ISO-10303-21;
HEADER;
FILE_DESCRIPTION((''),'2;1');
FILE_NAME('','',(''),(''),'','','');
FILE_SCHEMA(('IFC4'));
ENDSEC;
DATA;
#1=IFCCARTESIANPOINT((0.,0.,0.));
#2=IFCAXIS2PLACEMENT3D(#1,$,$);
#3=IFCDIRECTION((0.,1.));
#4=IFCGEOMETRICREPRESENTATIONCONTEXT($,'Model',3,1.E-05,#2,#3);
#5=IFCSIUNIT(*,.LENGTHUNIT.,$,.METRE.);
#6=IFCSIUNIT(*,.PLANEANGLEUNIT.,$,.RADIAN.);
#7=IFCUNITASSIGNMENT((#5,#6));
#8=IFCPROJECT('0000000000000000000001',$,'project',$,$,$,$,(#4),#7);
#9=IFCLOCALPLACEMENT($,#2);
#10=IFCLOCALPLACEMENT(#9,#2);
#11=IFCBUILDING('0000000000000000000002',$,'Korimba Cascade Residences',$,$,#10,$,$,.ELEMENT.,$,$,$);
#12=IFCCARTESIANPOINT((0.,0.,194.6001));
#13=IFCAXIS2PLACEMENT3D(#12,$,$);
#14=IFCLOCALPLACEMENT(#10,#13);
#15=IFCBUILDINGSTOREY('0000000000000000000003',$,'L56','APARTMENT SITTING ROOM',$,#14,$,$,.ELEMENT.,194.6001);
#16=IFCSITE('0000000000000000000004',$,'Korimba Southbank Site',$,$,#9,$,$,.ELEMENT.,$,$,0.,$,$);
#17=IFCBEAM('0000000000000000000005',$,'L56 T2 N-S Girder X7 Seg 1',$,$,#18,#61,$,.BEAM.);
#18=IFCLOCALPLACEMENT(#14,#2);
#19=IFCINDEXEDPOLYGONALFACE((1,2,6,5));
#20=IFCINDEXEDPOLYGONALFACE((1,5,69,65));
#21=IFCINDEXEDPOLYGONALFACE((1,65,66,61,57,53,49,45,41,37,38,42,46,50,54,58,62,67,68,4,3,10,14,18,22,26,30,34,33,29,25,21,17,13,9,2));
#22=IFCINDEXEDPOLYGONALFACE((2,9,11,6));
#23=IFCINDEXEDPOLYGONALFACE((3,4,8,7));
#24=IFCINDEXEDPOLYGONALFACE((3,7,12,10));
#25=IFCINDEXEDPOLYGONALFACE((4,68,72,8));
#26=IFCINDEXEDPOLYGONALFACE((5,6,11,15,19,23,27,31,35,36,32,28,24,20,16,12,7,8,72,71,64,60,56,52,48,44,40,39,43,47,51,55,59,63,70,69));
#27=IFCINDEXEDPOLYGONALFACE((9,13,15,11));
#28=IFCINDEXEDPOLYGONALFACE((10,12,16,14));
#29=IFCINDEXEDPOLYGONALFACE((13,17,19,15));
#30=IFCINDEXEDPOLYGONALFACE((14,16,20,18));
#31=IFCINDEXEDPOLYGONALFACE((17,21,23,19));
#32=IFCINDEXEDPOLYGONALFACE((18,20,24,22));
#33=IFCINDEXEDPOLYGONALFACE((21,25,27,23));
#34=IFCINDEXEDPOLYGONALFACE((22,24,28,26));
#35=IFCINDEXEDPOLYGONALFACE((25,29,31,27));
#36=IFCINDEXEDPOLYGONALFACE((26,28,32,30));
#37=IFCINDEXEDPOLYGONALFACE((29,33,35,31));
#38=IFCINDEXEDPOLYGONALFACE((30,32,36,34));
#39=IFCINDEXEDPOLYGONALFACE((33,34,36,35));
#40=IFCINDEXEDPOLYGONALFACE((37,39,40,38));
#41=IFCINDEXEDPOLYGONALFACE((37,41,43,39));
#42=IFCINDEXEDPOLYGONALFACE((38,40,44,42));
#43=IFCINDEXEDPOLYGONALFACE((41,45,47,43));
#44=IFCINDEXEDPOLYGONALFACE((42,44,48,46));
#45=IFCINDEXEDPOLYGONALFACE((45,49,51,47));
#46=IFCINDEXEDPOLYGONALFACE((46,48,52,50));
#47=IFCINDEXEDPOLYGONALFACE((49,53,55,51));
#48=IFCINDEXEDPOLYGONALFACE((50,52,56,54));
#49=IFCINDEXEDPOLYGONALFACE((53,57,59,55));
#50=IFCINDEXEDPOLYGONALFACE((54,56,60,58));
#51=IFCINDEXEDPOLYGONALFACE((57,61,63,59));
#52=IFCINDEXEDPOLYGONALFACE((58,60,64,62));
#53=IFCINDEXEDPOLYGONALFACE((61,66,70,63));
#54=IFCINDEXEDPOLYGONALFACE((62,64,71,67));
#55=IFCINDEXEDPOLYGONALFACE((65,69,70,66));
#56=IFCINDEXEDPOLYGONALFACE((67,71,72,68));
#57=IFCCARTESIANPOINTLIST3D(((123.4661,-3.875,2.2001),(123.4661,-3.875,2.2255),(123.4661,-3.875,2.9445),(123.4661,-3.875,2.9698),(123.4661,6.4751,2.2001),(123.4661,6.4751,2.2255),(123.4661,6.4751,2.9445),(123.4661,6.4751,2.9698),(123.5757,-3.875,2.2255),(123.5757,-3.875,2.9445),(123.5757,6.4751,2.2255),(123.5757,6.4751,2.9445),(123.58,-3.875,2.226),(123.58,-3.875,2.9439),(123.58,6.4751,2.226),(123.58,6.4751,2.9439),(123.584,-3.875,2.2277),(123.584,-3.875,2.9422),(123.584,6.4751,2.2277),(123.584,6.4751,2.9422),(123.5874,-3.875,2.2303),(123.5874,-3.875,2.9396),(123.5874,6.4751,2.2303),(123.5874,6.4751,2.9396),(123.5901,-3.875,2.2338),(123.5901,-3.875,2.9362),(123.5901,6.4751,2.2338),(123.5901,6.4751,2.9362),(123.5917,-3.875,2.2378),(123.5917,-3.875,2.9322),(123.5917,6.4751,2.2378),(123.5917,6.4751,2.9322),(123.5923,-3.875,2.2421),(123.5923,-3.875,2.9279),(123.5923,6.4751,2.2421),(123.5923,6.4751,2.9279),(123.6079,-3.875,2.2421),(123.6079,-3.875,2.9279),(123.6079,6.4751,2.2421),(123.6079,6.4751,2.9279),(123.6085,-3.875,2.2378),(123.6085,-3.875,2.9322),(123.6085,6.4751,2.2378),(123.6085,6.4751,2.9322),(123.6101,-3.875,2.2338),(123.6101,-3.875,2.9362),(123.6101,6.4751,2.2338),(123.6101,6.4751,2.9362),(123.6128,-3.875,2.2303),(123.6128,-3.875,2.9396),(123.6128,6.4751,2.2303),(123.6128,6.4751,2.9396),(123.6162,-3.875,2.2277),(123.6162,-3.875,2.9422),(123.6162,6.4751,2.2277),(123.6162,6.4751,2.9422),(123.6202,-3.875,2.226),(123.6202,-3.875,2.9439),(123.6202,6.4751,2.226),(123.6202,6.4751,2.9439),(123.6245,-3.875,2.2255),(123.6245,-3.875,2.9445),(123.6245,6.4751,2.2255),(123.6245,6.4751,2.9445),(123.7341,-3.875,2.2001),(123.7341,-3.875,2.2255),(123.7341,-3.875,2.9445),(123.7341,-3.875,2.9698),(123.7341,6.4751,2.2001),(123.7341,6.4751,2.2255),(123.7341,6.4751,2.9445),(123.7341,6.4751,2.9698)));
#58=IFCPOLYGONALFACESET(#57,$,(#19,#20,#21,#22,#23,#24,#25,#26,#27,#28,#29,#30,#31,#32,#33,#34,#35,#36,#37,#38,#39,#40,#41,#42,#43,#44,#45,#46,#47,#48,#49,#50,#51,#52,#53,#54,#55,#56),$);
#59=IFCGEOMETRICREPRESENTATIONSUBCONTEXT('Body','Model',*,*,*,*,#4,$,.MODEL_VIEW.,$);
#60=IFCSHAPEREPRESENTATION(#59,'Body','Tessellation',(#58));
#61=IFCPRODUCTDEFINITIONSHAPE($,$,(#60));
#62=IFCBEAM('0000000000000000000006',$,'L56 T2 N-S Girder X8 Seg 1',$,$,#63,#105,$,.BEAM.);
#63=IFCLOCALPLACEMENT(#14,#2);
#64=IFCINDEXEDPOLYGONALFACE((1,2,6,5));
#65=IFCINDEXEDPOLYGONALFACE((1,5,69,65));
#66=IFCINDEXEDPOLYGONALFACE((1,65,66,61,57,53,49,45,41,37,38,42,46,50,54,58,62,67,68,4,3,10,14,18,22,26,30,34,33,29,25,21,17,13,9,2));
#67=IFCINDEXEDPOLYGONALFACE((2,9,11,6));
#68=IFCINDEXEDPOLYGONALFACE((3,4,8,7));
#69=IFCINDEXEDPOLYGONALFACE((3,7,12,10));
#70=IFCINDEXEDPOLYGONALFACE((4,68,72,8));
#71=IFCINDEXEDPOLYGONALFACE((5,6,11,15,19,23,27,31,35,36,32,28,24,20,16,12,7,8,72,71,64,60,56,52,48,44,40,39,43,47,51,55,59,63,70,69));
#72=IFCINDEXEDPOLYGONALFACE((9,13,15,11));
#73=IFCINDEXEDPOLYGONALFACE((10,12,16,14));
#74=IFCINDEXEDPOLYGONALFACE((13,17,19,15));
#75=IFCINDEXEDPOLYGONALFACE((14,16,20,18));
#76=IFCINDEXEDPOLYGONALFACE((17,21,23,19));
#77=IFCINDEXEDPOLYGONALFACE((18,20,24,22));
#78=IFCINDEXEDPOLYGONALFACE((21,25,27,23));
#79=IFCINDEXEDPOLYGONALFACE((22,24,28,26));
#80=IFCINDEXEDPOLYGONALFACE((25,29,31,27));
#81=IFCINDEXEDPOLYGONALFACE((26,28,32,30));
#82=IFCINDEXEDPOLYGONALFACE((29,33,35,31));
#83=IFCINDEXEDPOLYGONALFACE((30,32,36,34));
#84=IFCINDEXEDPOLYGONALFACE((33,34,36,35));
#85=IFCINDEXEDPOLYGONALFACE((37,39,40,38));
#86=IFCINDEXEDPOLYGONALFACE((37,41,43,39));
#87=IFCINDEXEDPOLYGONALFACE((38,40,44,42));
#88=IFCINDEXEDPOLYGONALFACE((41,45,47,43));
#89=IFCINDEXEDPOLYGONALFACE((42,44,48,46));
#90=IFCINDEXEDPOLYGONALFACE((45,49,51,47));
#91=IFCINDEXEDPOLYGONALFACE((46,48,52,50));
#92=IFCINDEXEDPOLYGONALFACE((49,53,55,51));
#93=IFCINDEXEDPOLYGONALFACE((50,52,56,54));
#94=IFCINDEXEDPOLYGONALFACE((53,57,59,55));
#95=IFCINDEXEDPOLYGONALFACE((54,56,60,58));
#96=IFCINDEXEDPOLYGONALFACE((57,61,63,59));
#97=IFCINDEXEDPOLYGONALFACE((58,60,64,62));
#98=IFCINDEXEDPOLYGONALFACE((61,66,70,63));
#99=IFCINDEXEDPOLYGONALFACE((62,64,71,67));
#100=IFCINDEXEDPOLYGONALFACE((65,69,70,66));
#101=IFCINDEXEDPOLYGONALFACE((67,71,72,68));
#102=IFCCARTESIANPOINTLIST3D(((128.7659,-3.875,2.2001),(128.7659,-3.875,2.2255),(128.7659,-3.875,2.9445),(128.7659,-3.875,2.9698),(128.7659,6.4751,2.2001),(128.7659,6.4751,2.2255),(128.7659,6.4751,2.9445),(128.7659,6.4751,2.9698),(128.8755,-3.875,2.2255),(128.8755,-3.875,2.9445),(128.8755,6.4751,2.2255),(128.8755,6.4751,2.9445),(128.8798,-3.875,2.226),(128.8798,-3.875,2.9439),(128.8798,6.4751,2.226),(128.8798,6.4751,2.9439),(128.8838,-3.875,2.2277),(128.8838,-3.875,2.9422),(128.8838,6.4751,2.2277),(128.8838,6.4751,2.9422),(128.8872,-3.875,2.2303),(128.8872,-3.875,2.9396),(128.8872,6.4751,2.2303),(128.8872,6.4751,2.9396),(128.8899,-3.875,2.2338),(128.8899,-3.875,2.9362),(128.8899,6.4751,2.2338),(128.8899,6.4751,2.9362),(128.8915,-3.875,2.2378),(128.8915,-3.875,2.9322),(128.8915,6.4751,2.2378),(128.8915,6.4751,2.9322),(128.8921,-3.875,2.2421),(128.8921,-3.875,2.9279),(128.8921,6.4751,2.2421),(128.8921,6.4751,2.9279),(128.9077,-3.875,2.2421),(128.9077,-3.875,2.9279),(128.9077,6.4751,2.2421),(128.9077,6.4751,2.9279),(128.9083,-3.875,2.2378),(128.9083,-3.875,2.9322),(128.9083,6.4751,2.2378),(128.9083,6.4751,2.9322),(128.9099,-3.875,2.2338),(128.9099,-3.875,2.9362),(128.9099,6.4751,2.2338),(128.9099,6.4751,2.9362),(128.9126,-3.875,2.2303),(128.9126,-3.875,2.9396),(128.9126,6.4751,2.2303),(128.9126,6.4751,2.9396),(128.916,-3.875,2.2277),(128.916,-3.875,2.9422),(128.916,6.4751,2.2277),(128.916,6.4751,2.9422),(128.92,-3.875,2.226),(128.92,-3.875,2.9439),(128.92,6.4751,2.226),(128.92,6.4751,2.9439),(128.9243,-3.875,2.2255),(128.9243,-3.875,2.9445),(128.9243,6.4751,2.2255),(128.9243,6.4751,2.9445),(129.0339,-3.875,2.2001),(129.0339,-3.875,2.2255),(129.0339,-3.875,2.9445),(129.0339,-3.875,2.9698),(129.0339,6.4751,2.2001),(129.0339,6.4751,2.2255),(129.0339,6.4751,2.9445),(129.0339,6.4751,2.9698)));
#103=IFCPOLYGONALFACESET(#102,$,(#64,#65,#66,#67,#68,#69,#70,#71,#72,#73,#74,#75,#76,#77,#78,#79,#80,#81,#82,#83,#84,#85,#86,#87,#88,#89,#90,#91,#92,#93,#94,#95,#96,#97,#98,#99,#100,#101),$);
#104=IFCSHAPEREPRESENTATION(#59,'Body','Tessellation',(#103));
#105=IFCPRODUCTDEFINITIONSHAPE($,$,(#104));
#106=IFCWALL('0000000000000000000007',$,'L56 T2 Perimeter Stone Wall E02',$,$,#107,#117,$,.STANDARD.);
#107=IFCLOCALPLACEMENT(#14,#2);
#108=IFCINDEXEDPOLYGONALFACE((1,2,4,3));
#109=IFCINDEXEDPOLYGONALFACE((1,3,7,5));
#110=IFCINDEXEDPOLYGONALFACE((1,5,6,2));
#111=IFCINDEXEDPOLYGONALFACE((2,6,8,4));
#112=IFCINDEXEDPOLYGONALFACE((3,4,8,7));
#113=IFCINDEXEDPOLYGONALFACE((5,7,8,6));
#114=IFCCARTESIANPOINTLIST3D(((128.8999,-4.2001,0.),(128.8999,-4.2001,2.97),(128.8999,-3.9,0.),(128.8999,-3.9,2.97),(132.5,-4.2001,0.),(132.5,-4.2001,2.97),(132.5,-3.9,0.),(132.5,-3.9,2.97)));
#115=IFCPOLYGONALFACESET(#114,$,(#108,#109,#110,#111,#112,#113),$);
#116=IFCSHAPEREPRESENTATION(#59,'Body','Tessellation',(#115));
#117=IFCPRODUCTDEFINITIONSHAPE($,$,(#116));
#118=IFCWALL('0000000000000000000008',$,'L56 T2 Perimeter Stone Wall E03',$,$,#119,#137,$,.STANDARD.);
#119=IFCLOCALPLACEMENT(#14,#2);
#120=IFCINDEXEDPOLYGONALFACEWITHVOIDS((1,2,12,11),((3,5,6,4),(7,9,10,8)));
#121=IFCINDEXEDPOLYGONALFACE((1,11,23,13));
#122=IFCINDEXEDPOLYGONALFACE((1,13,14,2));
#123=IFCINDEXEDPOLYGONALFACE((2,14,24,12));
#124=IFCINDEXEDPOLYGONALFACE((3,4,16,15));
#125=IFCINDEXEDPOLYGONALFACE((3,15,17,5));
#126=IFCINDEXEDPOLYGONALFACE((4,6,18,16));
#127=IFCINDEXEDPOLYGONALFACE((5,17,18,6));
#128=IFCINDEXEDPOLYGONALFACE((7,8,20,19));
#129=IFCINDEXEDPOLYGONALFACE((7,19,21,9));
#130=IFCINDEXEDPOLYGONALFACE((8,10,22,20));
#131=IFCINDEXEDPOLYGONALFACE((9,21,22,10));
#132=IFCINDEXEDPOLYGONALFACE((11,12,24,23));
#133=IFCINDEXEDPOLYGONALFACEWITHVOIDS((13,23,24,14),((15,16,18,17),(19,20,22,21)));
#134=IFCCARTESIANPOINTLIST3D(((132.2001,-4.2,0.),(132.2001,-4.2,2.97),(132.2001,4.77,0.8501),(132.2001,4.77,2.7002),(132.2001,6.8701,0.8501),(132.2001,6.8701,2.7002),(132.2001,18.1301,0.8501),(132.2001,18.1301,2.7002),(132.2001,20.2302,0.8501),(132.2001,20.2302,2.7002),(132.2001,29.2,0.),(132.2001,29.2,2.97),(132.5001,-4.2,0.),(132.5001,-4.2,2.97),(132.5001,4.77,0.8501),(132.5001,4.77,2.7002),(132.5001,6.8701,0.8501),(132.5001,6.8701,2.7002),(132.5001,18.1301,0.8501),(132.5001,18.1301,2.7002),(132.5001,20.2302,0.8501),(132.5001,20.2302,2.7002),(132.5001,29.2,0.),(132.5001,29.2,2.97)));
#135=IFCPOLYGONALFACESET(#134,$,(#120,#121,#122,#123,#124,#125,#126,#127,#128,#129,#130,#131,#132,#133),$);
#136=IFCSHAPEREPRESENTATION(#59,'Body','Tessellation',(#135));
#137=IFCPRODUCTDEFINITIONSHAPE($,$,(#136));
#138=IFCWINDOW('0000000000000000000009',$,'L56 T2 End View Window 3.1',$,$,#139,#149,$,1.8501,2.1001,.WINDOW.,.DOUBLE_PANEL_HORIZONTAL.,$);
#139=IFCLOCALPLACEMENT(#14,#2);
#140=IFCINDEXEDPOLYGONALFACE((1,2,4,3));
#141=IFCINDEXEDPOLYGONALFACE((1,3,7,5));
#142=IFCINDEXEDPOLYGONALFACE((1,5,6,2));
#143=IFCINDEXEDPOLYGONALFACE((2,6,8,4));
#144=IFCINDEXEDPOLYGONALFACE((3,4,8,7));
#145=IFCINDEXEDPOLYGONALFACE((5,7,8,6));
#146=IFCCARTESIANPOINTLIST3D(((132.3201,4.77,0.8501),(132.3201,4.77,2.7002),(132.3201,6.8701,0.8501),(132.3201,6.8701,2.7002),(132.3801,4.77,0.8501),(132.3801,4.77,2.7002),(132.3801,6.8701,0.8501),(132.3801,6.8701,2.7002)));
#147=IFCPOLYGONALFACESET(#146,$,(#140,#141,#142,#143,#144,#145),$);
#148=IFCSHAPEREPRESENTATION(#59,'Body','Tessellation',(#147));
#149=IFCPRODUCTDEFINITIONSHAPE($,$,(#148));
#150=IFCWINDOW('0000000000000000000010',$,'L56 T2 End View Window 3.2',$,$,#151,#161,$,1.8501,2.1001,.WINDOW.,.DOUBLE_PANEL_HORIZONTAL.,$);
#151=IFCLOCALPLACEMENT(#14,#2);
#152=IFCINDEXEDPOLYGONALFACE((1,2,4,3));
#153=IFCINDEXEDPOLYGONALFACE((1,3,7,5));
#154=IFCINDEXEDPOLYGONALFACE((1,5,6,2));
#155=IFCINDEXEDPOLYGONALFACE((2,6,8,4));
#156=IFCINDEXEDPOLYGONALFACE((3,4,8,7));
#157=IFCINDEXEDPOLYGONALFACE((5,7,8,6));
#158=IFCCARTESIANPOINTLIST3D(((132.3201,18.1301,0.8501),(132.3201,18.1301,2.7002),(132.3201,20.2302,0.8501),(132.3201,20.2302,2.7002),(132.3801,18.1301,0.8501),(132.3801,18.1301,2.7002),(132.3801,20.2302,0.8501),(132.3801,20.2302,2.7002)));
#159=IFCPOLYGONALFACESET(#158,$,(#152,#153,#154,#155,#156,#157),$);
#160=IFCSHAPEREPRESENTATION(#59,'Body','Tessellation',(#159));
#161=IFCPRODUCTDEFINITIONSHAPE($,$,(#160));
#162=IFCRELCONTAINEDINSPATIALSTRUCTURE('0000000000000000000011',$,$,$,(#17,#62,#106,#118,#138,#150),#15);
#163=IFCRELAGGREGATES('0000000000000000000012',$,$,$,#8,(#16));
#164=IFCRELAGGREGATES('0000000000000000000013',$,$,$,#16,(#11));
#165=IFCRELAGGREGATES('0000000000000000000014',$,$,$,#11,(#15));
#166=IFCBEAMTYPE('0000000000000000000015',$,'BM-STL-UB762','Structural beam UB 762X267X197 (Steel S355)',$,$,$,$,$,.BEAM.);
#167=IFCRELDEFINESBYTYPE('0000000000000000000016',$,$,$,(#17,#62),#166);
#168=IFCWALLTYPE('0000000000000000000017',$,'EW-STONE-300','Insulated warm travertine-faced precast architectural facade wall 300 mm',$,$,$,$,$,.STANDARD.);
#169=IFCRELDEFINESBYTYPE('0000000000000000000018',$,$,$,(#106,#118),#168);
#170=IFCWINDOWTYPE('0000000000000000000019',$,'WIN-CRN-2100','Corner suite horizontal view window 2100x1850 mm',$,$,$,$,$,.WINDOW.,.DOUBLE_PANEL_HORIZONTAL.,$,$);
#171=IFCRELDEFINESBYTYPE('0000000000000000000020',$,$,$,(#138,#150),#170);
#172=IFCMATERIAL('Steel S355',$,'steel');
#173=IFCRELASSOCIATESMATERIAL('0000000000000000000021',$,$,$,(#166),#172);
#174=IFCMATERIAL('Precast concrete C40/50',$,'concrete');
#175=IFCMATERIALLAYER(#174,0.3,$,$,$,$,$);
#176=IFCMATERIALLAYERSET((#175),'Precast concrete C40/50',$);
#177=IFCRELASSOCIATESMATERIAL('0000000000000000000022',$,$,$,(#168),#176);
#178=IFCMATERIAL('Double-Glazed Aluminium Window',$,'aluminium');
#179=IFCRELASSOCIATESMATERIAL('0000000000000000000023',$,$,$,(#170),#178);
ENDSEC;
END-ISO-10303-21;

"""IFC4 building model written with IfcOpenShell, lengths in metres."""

from ifc_helpers import new_model, si_unit, direction, frame, frame_2d, origin, origin_2d, place, context, subcontext, project, spatial, rectangle, i_section, extrude, material, layer, layer_set, material_profile, profile_set, type_object, element, fill, save


model = new_model("IFC4")

# Units and contexts
model_context = context("Model", 3, precision=1e-05, world=origin(), true_north=direction((0.0, 1.0)))
body_context = subcontext(model_context, "Body", "Model", "MODEL_VIEW")
ifc_project = project(units=[si_unit("LENGTHUNIT", "METRE"), si_unit("PLANEANGLEUNIT", "RADIAN")], contexts=[model_context])

# Site, building, storey
site_placement = place(None, origin())
site = spatial("IfcSite", under=ifc_project, at=site_placement, Name="Korimba Southbank Site", CompositionType="ELEMENT", RefElevation=0.0)
building_placement = place(site_placement, origin())
building = spatial("IfcBuilding", under=site, at=building_placement, Name="Korimba Cascade Residences", CompositionType="ELEMENT")
storey_placement = place(building_placement, frame((0.0, 0.0, 194.6001)))
storey = spatial("IfcBuildingStorey", under=building, at=storey_placement, Name="L56", Description="APARTMENT SITTING ROOM", CompositionType="ELEMENT", Elevation=194.6001)

# Beams
ifc_material_1 = material(Name="Steel S355", Category="steel")
ifc_material_profile_1 = material_profile(ifc_material_1, i_section(OverallWidth=0.2681, OverallDepth=0.7698, WebThickness=0.0156, FlangeThickness=0.0254, FilletRadius=0.0166, at=origin_2d()), Name="Steel S355")
ifc_profile_set_1 = profile_set([ifc_material_profile_1], Name="Steel S355")
beam_type_1 = type_object("IfcBeamType", Name="BM-STL-UB762", Description="Structural beam UB 762X267X197 (Steel S355)", PredefinedType="BEAM", material=ifc_profile_set_1)
for number, where, z_axis, x_axis, name in (
    (1, (123.6001, -3.875, 2.585), (0.0, 1.0, 0.0), (-1.0, 0.0, 0.0), "L56 T2 N-S Girder X7 Seg 1"),
    (2, (128.8999, -3.875, 2.585), (0.0, 1.0, 0.0), (-1.0, 0.0, 0.0), "L56 T2 N-S Girder X8 Seg 1"),
):
    element("IfcBeam", number, at=place(storey_placement, frame(where, z_axis=z_axis, x_axis=x_axis)), inside=storey, type_object=beam_type_1, Name=name, PredefinedType="BEAM", context=body_context, shape_type="SweptSolid", body=[
        extrude(i_section(OverallWidth=0.2681, OverallDepth=0.7698, WebThickness=0.0156, FlangeThickness=0.0254, FilletRadius=0.0166, at=origin_2d()), origin(), (0.0, 0.0, 1.0), 10.3501),
    ])

# Wall
ifc_material_2 = material(Name="Precast concrete C40/50", Category="concrete")
ifc_layer_1 = layer(ifc_material_2, 0.3)
ifc_layer_set_1 = layer_set([ifc_layer_1], Name="Precast concrete C40/50")
wall_type_1 = type_object("IfcWallType", Name="EW-STONE-300", Description="Insulated warm travertine-faced precast architectural facade wall 300 mm", PredefinedType="STANDARD", material=ifc_layer_set_1)
wall_1_placement = place(storey_placement, frame((128.8999, -4.05, 0.0), z_axis=(0.0, 0.0, 1.0), x_axis=(1.0, 0.0, 0.0)))
element("IfcWall", 3, at=wall_1_placement, inside=storey, type_object=wall_type_1, Name="L56 T2 Perimeter Stone Wall E02", PredefinedType="STANDARD", context=body_context, shape_type="SweptSolid", body=[
    extrude(rectangle(XDim=3.6001, YDim=0.3, at=frame_2d((1.8, 0.0))), origin(), (0.0, 0.0, 1.0), 2.97),
])

# Wall, openings, windows
wall_2_placement = place(storey_placement, frame((132.3501, -4.2, 0.0), z_axis=(0.0, 0.0, 1.0), x_axis=(0.0, 1.0, 0.0)))
wall_2 = element("IfcWall", 4, at=wall_2_placement, inside=storey, type_object=wall_type_1, Name="L56 T2 Perimeter Stone Wall E03", PredefinedType="STANDARD", context=body_context, shape_type="SweptSolid", body=[
    extrude(rectangle(XDim=33.3999, YDim=0.3, at=frame_2d((16.7, 0.0))), origin(), (0.0, 0.0, 1.0), 2.97),
])
opening_1_placement = place(wall_2_placement, frame((8.97, 0.0, 0.8501)))
opening_1 = element("IfcOpeningElement", 5, at=opening_1_placement, cuts=wall_2, PredefinedType="OPENING", context=body_context, shape_type="SweptSolid", body=[
    extrude(rectangle(XDim=2.1001, YDim=1.8501, at=frame_2d((1.05, 0.925))), frame((0.0, 0.1602, 0.0), z_axis=(0.0, -1.0, 0.0), x_axis=(1.0, 0.0, 0.0)), (0.0, 0.0, 1.0), 0.3201),
])
opening_2_placement = place(wall_2_placement, frame((22.3301, 0.0, 0.8501)))
opening_2 = element("IfcOpeningElement", 6, at=opening_2_placement, cuts=wall_2, PredefinedType="OPENING", context=body_context, shape_type="SweptSolid", body=[
    extrude(rectangle(XDim=2.1001, YDim=1.8501, at=frame_2d((1.05, 0.925))), frame((0.0, 0.1602, 0.0), z_axis=(0.0, -1.0, 0.0), x_axis=(1.0, 0.0, 0.0)), (0.0, 0.0, 1.0), 0.3201),
])
ifc_material_3 = material(Name="Double-Glazed Aluminium Window", Category="aluminium")
window_type = type_object("IfcWindowType", Name="WIN-CRN-2100", Description="Corner suite horizontal view window 2100x1850 mm", PartitioningType="DOUBLE_PANEL_HORIZONTAL", PredefinedType="WINDOW", material=ifc_material_3)
window_1_placement = place(opening_1_placement, origin())
window_1 = element("IfcWindow", 7, at=window_1_placement, inside=storey, type_object=window_type, Name="L56 T2 End View Window 3.1", OverallHeight=1.8501, OverallWidth=2.1001, PartitioningType="DOUBLE_PANEL_HORIZONTAL", PredefinedType="WINDOW", context=body_context, shape_type="SweptSolid", body=[
    extrude(rectangle(XDim=2.1001, YDim=1.8501, at=frame_2d((1.05, 0.925))), frame((0.0, 0.03, 0.0), z_axis=(0.0, -1.0, 0.0), x_axis=(1.0, 0.0, 0.0)), (0.0, 0.0, 1.0), 0.0601),
])
fill(opening_1, window_1)
window_2_placement = place(opening_2_placement, origin())
window_2 = element("IfcWindow", 8, at=window_2_placement, inside=storey, type_object=window_type, Name="L56 T2 End View Window 3.2", OverallHeight=1.8501, OverallWidth=2.1001, PartitioningType="DOUBLE_PANEL_HORIZONTAL", PredefinedType="WINDOW", context=body_context, shape_type="SweptSolid", body=[
    extrude(rectangle(XDim=2.1001, YDim=1.8501, at=frame_2d((1.05, 0.925))), frame((0.0, 0.03, 0.0), z_axis=(0.0, -1.0, 0.0), x_axis=(1.0, 0.0, 0.0)), (0.0, 0.0, 1.0), 0.0601),
])
fill(opening_2, window_2)

save(model, "model.ifc")
